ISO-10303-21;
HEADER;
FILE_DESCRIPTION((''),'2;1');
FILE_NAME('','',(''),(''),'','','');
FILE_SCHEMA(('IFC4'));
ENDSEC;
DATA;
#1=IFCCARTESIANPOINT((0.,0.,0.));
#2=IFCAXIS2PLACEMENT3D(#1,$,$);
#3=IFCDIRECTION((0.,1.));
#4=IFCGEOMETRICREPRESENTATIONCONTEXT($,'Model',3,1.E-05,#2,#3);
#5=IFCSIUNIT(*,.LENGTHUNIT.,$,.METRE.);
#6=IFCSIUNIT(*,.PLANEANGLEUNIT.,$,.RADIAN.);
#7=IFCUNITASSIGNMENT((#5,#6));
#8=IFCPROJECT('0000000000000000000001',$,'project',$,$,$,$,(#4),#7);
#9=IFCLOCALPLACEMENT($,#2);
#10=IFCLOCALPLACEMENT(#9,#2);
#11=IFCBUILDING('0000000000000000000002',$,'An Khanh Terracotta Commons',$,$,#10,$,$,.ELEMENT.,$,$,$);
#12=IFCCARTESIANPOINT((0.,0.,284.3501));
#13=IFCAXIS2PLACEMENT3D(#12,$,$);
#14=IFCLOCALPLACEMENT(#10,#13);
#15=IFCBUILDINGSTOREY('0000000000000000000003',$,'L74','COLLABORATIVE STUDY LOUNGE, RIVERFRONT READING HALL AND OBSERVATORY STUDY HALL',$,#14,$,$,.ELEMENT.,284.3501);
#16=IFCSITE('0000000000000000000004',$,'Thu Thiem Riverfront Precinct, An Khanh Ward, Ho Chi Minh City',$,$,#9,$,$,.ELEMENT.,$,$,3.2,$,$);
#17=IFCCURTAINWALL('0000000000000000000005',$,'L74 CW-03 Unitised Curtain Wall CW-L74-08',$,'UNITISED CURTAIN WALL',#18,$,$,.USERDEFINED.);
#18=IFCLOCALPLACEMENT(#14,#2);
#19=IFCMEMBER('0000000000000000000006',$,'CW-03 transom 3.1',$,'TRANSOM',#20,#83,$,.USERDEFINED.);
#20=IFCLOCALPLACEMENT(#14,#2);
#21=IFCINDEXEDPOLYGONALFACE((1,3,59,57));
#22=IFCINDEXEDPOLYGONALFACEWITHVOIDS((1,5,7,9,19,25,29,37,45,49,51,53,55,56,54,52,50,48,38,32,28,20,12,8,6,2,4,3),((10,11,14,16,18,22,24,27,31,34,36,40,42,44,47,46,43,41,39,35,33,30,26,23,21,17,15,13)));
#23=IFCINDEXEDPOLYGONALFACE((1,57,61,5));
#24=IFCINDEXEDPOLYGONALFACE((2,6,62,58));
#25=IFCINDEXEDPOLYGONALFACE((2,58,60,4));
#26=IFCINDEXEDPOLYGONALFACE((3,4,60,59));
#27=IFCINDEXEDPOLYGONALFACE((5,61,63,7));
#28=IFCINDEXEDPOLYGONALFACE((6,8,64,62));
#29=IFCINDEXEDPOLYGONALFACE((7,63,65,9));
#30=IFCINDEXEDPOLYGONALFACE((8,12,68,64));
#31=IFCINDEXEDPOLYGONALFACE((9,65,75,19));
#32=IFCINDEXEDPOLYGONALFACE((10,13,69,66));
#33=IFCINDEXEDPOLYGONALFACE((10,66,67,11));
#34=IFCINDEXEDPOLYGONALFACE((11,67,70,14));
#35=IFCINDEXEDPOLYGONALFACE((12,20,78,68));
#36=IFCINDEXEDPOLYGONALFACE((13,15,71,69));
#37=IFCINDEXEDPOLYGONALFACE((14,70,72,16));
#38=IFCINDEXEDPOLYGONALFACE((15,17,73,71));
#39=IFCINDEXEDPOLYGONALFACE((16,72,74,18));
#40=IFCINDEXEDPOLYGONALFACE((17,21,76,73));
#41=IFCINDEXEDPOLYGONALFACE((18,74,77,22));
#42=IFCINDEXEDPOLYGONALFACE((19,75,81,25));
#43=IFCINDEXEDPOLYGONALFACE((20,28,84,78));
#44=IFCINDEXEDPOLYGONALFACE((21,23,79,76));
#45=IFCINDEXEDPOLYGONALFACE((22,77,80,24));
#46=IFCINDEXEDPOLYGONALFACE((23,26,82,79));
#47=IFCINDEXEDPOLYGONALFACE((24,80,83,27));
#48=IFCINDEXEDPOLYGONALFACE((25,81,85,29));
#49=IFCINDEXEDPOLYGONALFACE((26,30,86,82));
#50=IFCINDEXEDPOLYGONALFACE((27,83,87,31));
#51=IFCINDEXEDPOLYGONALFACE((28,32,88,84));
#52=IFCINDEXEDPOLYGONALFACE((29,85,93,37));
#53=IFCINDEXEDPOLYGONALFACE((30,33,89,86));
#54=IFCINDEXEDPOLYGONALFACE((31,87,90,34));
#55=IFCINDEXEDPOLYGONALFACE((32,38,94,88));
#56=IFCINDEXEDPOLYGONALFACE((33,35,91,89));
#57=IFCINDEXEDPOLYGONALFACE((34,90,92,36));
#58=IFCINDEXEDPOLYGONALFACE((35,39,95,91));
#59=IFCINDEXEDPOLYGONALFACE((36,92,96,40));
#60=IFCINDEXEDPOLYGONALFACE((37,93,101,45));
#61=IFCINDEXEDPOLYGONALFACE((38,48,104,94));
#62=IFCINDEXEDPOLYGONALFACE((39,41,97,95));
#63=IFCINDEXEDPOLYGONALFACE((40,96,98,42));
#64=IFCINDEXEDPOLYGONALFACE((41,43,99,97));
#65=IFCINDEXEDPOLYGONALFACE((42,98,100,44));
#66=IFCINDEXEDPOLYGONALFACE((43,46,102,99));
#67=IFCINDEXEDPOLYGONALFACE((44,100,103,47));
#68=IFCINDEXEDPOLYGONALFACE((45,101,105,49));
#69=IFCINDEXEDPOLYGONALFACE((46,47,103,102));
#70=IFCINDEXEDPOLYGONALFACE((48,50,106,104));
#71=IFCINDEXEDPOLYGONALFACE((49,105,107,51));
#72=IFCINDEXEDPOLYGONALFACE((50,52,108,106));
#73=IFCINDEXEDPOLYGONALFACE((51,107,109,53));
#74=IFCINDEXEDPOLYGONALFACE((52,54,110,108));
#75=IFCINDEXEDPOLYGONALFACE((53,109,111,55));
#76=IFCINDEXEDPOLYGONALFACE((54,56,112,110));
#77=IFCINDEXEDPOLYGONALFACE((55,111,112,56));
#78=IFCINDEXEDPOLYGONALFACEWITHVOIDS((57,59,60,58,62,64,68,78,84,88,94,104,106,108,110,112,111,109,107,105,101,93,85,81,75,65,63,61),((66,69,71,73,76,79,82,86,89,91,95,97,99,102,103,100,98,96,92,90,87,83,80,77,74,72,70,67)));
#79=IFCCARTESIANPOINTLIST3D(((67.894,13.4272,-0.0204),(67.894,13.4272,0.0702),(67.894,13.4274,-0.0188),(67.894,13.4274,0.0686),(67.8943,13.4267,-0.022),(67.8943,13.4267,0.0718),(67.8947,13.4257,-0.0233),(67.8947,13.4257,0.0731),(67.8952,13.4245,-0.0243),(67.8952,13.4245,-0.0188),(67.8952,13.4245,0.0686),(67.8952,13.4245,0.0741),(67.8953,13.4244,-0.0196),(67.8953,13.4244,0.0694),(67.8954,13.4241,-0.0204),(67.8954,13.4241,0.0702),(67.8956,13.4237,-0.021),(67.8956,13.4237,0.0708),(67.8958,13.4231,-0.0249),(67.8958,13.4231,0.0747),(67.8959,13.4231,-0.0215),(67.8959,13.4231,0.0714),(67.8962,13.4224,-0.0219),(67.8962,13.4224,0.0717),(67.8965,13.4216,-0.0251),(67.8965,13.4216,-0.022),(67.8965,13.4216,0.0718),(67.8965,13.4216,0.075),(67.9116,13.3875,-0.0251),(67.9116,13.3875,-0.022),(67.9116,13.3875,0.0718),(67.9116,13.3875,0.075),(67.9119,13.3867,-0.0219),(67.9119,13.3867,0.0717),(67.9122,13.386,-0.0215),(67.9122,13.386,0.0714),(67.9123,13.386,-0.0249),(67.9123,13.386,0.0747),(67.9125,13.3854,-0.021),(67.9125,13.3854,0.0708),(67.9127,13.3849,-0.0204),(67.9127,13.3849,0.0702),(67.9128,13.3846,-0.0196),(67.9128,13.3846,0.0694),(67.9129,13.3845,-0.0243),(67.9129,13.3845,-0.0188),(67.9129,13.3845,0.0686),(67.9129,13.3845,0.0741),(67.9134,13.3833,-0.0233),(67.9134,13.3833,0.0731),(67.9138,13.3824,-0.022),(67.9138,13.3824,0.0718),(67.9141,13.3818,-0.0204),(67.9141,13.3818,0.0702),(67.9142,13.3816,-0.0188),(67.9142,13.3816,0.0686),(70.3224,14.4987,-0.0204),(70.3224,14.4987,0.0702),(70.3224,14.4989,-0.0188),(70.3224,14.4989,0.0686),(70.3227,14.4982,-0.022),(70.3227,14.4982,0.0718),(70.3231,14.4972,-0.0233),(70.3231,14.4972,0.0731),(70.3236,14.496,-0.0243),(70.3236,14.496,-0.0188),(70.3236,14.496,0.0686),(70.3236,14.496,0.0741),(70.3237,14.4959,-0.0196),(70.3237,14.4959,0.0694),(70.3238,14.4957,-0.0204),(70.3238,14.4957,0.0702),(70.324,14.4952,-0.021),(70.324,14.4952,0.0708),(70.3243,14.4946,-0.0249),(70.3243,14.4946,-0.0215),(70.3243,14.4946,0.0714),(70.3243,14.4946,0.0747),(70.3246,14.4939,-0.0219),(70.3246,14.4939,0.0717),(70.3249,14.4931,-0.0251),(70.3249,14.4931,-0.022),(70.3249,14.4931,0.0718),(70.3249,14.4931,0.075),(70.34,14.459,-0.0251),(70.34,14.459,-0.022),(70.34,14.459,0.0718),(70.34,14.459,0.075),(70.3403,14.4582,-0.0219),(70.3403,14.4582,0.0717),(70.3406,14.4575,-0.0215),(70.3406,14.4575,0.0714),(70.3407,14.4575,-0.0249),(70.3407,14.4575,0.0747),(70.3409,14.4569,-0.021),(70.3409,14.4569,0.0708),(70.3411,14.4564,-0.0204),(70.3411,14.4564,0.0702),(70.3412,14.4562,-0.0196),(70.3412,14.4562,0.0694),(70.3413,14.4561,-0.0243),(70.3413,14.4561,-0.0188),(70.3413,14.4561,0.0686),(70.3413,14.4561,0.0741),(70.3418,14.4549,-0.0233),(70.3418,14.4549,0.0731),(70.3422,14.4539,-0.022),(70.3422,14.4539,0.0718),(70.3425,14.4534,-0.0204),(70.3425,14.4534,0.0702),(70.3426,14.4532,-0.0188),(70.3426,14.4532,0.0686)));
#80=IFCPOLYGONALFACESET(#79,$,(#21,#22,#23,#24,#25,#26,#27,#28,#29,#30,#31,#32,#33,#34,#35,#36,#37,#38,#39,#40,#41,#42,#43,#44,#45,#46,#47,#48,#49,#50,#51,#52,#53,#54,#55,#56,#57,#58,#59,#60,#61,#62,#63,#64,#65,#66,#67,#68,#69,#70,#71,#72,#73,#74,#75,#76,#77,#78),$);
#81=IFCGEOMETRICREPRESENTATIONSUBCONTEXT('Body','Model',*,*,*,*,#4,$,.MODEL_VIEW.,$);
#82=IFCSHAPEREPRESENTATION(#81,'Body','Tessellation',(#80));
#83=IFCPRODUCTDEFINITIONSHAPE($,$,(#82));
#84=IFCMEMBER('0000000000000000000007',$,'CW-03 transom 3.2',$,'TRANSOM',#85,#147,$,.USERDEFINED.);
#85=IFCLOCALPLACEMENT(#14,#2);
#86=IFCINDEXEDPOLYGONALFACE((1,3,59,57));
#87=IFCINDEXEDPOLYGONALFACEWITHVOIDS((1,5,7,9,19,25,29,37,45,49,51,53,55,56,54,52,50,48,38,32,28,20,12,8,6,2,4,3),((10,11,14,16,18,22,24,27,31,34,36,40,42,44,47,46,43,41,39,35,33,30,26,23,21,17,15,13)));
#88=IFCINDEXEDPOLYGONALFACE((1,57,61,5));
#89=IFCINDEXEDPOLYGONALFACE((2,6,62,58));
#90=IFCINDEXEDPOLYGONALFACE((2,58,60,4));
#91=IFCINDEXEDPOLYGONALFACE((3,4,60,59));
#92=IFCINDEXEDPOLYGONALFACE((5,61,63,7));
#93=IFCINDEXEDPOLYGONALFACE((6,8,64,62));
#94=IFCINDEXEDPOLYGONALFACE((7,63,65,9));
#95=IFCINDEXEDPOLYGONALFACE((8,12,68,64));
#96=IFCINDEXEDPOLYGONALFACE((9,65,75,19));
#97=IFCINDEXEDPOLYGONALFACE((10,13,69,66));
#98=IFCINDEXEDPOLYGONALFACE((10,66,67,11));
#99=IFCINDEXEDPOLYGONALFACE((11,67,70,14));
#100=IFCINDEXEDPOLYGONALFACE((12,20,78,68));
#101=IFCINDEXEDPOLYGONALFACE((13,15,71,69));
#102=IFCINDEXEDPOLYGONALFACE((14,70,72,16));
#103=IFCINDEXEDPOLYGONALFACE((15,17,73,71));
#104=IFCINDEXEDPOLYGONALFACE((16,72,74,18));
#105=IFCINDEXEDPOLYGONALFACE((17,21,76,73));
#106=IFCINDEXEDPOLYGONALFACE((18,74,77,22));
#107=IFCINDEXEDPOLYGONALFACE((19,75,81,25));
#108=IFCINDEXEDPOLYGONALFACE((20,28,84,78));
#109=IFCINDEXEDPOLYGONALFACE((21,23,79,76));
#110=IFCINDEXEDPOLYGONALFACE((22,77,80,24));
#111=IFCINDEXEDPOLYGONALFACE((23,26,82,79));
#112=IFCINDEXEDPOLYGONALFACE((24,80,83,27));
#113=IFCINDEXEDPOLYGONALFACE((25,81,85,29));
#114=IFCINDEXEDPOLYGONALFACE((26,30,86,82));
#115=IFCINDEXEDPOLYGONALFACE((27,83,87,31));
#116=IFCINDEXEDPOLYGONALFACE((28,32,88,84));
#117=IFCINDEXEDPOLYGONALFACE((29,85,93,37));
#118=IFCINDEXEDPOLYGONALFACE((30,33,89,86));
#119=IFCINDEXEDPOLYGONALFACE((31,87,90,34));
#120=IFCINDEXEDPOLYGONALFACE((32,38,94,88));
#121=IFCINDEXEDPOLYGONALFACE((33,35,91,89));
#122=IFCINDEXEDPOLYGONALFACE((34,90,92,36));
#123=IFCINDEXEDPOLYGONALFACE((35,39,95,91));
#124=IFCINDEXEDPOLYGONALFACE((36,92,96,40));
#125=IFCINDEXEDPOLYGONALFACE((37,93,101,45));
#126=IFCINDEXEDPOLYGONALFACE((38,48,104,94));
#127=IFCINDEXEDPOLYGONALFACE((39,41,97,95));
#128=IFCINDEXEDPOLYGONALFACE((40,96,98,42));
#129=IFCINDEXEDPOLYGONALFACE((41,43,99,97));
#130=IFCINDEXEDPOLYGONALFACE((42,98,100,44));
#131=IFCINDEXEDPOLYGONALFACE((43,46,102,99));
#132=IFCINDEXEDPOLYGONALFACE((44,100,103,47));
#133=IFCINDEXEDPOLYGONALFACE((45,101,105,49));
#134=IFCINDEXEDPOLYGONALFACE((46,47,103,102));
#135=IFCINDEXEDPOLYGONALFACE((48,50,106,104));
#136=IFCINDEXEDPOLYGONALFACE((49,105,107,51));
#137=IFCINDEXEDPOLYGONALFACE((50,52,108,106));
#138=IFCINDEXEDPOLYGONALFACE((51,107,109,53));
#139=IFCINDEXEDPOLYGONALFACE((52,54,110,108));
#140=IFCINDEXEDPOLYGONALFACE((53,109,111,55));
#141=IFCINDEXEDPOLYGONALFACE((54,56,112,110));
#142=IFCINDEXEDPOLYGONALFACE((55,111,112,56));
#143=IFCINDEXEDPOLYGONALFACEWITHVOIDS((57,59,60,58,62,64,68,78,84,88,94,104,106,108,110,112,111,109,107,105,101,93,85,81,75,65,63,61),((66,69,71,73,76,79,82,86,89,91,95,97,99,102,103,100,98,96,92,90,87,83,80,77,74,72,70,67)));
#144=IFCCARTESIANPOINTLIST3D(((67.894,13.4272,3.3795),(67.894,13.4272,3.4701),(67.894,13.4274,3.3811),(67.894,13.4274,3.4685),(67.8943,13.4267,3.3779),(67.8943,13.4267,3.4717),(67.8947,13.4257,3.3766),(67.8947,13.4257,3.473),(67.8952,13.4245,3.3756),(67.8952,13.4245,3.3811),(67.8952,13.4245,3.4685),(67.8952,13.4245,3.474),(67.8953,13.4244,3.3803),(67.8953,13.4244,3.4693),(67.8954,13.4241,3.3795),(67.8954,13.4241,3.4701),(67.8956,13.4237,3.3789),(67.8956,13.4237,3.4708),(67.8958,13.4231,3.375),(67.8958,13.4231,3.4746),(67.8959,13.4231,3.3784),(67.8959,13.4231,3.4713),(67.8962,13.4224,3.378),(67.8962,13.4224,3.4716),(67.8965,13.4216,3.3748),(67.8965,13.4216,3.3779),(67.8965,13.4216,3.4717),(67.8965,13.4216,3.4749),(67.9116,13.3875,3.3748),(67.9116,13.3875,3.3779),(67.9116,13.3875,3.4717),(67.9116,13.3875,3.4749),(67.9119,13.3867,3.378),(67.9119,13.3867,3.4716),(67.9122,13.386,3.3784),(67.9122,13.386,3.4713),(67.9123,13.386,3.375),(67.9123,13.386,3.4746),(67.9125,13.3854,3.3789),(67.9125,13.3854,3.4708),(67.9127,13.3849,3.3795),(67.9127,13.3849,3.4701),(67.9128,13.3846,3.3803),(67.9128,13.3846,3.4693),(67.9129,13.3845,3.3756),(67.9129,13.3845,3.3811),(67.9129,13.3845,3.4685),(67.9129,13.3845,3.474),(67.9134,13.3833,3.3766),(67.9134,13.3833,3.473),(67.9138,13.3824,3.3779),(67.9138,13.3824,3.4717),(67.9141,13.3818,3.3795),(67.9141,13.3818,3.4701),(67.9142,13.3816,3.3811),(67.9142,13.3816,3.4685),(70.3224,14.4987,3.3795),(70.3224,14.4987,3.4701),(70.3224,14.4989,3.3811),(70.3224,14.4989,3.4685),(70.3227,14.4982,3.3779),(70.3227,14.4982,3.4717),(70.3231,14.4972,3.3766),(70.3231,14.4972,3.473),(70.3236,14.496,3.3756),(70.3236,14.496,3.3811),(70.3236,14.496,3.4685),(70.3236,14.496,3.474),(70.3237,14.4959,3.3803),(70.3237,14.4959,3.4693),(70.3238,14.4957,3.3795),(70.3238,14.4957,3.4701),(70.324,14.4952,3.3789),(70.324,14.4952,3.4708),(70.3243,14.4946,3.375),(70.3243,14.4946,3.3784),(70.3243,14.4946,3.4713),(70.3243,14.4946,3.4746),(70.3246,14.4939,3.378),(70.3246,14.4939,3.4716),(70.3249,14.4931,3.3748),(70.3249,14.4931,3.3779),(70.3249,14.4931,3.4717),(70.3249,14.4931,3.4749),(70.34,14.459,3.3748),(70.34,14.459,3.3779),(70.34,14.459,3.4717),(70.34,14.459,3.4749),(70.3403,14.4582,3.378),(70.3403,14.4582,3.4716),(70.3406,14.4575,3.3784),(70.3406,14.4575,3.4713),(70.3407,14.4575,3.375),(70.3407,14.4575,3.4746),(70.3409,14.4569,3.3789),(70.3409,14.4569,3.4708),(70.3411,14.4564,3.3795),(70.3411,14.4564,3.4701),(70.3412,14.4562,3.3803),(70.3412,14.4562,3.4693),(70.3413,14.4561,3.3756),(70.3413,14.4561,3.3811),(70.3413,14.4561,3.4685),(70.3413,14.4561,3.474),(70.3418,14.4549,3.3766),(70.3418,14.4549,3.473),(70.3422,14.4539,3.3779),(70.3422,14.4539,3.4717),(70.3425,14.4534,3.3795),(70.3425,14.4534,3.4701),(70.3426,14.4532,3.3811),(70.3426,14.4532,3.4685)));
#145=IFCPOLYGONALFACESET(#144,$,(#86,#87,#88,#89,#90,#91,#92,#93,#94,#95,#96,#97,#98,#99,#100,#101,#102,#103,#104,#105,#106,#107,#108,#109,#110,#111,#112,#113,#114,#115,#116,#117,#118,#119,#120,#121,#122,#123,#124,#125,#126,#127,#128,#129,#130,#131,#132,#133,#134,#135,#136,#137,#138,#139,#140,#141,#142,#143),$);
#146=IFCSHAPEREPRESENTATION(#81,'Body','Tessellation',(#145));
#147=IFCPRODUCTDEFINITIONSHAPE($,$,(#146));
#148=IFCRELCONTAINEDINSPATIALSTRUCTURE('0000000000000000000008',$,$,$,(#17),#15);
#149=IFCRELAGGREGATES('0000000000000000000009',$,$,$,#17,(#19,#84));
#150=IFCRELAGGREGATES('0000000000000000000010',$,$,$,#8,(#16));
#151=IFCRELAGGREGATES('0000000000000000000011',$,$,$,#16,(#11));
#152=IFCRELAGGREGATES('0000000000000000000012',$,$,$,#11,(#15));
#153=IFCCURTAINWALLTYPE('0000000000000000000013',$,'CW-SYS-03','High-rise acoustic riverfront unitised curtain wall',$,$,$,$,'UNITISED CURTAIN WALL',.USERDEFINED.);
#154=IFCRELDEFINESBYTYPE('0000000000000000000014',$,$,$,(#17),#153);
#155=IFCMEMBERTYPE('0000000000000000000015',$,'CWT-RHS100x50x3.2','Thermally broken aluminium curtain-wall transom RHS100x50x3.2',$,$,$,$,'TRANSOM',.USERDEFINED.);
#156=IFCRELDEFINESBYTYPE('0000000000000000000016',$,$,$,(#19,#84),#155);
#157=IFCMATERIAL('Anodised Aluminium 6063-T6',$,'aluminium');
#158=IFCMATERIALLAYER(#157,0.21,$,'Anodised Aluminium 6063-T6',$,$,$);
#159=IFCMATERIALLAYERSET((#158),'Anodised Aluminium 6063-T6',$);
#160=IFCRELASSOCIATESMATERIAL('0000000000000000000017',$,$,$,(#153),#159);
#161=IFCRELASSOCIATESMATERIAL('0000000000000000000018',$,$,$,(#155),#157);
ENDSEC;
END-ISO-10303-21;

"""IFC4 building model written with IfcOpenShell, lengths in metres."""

from ifc_helpers import new_model, si_unit, direction, frame, origin, origin_2d, place, context, subcontext, project, spatial, hollow_rectangle, extrude, material, layer, layer_set, material_profile, profile_set, type_object, element, aggregate, save


model = new_model("IFC4")

# Units and contexts
model_context = context("Model", 3, precision=1e-05, world=origin(), true_north=direction((0.0, 1.0)))
body_context = subcontext(model_context, "Body", "Model", "MODEL_VIEW")
ifc_project = project(units=[si_unit("LENGTHUNIT", "METRE"), si_unit("PLANEANGLEUNIT", "RADIAN")], contexts=[model_context])

# Site, building, storey
site_placement = place(None, origin())
site = spatial("IfcSite", under=ifc_project, at=site_placement, Name="Thu Thiem Riverfront Precinct, An Khanh Ward, Ho Chi Minh City", CompositionType="ELEMENT", RefElevation=3.2)
building_placement = place(site_placement, origin())
building = spatial("IfcBuilding", under=site, at=building_placement, Name="An Khanh Terracotta Commons", CompositionType="ELEMENT")
storey_placement = place(building_placement, frame((0.0, 0.0, 284.3501)))
storey = spatial("IfcBuildingStorey", under=building, at=storey_placement, Name="L74", Description="COLLABORATIVE STUDY LOUNGE, RIVERFRONT READING HALL AND OBSERVATORY STUDY HALL", CompositionType="ELEMENT", Elevation=284.3501)

# Curtain wall
ifc_material_1 = material(Name="Anodised Aluminium 6063-T6", Category="aluminium")
ifc_layer_1 = layer(ifc_material_1, 0.21, Name="Anodised Aluminium 6063-T6")
ifc_layer_set_1 = layer_set([ifc_layer_1], Name="Anodised Aluminium 6063-T6")
curtain_wall_type = type_object("IfcCurtainWallType", Name="CW-SYS-03", Description="High-rise acoustic riverfront unitised curtain wall", ElementType="UNITISED CURTAIN WALL", PredefinedType="USERDEFINED", material=ifc_layer_set_1)
curtain_wall_1_placement = place(storey_placement, origin())
curtain_wall_1 = element("IfcCurtainWall", 1, at=curtain_wall_1_placement, inside=storey, type_object=curtain_wall_type, Name="L74 CW-03 Unitised Curtain Wall CW-L74-08", ObjectType="UNITISED CURTAIN WALL", PredefinedType="USERDEFINED")

# Members
ifc_material_profile_1 = material_profile(ifc_material_1, hollow_rectangle(XDim=0.05, YDim=0.1001, WallThickness=0.0032, InnerFilletRadius=0.0032, OuterFilletRadius=0.0063, at=origin_2d()), Name="RHS100x50x3.2")
ifc_profile_set_1 = profile_set([ifc_material_profile_1], Name="Anodised Aluminium 6063-T6")
member_type_1 = type_object("IfcMemberType", Name="CWT-RHS100x50x3.2", Description="Thermally broken aluminium curtain-wall transom RHS100x50x3.2", ElementType="TRANSOM", PredefinedType="USERDEFINED", material=ifc_profile_set_1)
member_1_placement = place(storey_placement, frame((67.9041, 13.4045, 0.0249), z_axis=(0.914897, 0.403688, 0.0), x_axis=(-0.403688, 0.914897, 0.0)))
member_1 = element("IfcMember", 2, at=member_1_placement, type_object=member_type_1, Name="CW-03 transom 3.1", ObjectType="TRANSOM", PredefinedType="USERDEFINED", context=body_context, shape_type="SweptSolid", body=[
    extrude(hollow_rectangle(XDim=0.05, YDim=0.1001, WallThickness=0.0032, InnerFilletRadius=0.0032, OuterFilletRadius=0.0063, at=origin_2d()), origin(), (0.0, 0.0, 1.0), 2.6543),
])
member_2_placement = place(storey_placement, frame((67.9041, 13.4045, 3.4248), z_axis=(0.914897, 0.403688, 0.0), x_axis=(-0.403688, 0.914897, 0.0)))
member_2 = element("IfcMember", 3, at=member_2_placement, type_object=member_type_1, Name="CW-03 transom 3.2", ObjectType="TRANSOM", PredefinedType="USERDEFINED", context=body_context, shape_type="SweptSolid", body=[
    extrude(hollow_rectangle(XDim=0.05, YDim=0.1001, WallThickness=0.0032, InnerFilletRadius=0.0032, OuterFilletRadius=0.0063, at=origin_2d()), origin(), (0.0, 0.0, 1.0), 2.6543),
])

aggregate(curtain_wall_1, [member_1, member_2])

save(model, "model.ifc")
